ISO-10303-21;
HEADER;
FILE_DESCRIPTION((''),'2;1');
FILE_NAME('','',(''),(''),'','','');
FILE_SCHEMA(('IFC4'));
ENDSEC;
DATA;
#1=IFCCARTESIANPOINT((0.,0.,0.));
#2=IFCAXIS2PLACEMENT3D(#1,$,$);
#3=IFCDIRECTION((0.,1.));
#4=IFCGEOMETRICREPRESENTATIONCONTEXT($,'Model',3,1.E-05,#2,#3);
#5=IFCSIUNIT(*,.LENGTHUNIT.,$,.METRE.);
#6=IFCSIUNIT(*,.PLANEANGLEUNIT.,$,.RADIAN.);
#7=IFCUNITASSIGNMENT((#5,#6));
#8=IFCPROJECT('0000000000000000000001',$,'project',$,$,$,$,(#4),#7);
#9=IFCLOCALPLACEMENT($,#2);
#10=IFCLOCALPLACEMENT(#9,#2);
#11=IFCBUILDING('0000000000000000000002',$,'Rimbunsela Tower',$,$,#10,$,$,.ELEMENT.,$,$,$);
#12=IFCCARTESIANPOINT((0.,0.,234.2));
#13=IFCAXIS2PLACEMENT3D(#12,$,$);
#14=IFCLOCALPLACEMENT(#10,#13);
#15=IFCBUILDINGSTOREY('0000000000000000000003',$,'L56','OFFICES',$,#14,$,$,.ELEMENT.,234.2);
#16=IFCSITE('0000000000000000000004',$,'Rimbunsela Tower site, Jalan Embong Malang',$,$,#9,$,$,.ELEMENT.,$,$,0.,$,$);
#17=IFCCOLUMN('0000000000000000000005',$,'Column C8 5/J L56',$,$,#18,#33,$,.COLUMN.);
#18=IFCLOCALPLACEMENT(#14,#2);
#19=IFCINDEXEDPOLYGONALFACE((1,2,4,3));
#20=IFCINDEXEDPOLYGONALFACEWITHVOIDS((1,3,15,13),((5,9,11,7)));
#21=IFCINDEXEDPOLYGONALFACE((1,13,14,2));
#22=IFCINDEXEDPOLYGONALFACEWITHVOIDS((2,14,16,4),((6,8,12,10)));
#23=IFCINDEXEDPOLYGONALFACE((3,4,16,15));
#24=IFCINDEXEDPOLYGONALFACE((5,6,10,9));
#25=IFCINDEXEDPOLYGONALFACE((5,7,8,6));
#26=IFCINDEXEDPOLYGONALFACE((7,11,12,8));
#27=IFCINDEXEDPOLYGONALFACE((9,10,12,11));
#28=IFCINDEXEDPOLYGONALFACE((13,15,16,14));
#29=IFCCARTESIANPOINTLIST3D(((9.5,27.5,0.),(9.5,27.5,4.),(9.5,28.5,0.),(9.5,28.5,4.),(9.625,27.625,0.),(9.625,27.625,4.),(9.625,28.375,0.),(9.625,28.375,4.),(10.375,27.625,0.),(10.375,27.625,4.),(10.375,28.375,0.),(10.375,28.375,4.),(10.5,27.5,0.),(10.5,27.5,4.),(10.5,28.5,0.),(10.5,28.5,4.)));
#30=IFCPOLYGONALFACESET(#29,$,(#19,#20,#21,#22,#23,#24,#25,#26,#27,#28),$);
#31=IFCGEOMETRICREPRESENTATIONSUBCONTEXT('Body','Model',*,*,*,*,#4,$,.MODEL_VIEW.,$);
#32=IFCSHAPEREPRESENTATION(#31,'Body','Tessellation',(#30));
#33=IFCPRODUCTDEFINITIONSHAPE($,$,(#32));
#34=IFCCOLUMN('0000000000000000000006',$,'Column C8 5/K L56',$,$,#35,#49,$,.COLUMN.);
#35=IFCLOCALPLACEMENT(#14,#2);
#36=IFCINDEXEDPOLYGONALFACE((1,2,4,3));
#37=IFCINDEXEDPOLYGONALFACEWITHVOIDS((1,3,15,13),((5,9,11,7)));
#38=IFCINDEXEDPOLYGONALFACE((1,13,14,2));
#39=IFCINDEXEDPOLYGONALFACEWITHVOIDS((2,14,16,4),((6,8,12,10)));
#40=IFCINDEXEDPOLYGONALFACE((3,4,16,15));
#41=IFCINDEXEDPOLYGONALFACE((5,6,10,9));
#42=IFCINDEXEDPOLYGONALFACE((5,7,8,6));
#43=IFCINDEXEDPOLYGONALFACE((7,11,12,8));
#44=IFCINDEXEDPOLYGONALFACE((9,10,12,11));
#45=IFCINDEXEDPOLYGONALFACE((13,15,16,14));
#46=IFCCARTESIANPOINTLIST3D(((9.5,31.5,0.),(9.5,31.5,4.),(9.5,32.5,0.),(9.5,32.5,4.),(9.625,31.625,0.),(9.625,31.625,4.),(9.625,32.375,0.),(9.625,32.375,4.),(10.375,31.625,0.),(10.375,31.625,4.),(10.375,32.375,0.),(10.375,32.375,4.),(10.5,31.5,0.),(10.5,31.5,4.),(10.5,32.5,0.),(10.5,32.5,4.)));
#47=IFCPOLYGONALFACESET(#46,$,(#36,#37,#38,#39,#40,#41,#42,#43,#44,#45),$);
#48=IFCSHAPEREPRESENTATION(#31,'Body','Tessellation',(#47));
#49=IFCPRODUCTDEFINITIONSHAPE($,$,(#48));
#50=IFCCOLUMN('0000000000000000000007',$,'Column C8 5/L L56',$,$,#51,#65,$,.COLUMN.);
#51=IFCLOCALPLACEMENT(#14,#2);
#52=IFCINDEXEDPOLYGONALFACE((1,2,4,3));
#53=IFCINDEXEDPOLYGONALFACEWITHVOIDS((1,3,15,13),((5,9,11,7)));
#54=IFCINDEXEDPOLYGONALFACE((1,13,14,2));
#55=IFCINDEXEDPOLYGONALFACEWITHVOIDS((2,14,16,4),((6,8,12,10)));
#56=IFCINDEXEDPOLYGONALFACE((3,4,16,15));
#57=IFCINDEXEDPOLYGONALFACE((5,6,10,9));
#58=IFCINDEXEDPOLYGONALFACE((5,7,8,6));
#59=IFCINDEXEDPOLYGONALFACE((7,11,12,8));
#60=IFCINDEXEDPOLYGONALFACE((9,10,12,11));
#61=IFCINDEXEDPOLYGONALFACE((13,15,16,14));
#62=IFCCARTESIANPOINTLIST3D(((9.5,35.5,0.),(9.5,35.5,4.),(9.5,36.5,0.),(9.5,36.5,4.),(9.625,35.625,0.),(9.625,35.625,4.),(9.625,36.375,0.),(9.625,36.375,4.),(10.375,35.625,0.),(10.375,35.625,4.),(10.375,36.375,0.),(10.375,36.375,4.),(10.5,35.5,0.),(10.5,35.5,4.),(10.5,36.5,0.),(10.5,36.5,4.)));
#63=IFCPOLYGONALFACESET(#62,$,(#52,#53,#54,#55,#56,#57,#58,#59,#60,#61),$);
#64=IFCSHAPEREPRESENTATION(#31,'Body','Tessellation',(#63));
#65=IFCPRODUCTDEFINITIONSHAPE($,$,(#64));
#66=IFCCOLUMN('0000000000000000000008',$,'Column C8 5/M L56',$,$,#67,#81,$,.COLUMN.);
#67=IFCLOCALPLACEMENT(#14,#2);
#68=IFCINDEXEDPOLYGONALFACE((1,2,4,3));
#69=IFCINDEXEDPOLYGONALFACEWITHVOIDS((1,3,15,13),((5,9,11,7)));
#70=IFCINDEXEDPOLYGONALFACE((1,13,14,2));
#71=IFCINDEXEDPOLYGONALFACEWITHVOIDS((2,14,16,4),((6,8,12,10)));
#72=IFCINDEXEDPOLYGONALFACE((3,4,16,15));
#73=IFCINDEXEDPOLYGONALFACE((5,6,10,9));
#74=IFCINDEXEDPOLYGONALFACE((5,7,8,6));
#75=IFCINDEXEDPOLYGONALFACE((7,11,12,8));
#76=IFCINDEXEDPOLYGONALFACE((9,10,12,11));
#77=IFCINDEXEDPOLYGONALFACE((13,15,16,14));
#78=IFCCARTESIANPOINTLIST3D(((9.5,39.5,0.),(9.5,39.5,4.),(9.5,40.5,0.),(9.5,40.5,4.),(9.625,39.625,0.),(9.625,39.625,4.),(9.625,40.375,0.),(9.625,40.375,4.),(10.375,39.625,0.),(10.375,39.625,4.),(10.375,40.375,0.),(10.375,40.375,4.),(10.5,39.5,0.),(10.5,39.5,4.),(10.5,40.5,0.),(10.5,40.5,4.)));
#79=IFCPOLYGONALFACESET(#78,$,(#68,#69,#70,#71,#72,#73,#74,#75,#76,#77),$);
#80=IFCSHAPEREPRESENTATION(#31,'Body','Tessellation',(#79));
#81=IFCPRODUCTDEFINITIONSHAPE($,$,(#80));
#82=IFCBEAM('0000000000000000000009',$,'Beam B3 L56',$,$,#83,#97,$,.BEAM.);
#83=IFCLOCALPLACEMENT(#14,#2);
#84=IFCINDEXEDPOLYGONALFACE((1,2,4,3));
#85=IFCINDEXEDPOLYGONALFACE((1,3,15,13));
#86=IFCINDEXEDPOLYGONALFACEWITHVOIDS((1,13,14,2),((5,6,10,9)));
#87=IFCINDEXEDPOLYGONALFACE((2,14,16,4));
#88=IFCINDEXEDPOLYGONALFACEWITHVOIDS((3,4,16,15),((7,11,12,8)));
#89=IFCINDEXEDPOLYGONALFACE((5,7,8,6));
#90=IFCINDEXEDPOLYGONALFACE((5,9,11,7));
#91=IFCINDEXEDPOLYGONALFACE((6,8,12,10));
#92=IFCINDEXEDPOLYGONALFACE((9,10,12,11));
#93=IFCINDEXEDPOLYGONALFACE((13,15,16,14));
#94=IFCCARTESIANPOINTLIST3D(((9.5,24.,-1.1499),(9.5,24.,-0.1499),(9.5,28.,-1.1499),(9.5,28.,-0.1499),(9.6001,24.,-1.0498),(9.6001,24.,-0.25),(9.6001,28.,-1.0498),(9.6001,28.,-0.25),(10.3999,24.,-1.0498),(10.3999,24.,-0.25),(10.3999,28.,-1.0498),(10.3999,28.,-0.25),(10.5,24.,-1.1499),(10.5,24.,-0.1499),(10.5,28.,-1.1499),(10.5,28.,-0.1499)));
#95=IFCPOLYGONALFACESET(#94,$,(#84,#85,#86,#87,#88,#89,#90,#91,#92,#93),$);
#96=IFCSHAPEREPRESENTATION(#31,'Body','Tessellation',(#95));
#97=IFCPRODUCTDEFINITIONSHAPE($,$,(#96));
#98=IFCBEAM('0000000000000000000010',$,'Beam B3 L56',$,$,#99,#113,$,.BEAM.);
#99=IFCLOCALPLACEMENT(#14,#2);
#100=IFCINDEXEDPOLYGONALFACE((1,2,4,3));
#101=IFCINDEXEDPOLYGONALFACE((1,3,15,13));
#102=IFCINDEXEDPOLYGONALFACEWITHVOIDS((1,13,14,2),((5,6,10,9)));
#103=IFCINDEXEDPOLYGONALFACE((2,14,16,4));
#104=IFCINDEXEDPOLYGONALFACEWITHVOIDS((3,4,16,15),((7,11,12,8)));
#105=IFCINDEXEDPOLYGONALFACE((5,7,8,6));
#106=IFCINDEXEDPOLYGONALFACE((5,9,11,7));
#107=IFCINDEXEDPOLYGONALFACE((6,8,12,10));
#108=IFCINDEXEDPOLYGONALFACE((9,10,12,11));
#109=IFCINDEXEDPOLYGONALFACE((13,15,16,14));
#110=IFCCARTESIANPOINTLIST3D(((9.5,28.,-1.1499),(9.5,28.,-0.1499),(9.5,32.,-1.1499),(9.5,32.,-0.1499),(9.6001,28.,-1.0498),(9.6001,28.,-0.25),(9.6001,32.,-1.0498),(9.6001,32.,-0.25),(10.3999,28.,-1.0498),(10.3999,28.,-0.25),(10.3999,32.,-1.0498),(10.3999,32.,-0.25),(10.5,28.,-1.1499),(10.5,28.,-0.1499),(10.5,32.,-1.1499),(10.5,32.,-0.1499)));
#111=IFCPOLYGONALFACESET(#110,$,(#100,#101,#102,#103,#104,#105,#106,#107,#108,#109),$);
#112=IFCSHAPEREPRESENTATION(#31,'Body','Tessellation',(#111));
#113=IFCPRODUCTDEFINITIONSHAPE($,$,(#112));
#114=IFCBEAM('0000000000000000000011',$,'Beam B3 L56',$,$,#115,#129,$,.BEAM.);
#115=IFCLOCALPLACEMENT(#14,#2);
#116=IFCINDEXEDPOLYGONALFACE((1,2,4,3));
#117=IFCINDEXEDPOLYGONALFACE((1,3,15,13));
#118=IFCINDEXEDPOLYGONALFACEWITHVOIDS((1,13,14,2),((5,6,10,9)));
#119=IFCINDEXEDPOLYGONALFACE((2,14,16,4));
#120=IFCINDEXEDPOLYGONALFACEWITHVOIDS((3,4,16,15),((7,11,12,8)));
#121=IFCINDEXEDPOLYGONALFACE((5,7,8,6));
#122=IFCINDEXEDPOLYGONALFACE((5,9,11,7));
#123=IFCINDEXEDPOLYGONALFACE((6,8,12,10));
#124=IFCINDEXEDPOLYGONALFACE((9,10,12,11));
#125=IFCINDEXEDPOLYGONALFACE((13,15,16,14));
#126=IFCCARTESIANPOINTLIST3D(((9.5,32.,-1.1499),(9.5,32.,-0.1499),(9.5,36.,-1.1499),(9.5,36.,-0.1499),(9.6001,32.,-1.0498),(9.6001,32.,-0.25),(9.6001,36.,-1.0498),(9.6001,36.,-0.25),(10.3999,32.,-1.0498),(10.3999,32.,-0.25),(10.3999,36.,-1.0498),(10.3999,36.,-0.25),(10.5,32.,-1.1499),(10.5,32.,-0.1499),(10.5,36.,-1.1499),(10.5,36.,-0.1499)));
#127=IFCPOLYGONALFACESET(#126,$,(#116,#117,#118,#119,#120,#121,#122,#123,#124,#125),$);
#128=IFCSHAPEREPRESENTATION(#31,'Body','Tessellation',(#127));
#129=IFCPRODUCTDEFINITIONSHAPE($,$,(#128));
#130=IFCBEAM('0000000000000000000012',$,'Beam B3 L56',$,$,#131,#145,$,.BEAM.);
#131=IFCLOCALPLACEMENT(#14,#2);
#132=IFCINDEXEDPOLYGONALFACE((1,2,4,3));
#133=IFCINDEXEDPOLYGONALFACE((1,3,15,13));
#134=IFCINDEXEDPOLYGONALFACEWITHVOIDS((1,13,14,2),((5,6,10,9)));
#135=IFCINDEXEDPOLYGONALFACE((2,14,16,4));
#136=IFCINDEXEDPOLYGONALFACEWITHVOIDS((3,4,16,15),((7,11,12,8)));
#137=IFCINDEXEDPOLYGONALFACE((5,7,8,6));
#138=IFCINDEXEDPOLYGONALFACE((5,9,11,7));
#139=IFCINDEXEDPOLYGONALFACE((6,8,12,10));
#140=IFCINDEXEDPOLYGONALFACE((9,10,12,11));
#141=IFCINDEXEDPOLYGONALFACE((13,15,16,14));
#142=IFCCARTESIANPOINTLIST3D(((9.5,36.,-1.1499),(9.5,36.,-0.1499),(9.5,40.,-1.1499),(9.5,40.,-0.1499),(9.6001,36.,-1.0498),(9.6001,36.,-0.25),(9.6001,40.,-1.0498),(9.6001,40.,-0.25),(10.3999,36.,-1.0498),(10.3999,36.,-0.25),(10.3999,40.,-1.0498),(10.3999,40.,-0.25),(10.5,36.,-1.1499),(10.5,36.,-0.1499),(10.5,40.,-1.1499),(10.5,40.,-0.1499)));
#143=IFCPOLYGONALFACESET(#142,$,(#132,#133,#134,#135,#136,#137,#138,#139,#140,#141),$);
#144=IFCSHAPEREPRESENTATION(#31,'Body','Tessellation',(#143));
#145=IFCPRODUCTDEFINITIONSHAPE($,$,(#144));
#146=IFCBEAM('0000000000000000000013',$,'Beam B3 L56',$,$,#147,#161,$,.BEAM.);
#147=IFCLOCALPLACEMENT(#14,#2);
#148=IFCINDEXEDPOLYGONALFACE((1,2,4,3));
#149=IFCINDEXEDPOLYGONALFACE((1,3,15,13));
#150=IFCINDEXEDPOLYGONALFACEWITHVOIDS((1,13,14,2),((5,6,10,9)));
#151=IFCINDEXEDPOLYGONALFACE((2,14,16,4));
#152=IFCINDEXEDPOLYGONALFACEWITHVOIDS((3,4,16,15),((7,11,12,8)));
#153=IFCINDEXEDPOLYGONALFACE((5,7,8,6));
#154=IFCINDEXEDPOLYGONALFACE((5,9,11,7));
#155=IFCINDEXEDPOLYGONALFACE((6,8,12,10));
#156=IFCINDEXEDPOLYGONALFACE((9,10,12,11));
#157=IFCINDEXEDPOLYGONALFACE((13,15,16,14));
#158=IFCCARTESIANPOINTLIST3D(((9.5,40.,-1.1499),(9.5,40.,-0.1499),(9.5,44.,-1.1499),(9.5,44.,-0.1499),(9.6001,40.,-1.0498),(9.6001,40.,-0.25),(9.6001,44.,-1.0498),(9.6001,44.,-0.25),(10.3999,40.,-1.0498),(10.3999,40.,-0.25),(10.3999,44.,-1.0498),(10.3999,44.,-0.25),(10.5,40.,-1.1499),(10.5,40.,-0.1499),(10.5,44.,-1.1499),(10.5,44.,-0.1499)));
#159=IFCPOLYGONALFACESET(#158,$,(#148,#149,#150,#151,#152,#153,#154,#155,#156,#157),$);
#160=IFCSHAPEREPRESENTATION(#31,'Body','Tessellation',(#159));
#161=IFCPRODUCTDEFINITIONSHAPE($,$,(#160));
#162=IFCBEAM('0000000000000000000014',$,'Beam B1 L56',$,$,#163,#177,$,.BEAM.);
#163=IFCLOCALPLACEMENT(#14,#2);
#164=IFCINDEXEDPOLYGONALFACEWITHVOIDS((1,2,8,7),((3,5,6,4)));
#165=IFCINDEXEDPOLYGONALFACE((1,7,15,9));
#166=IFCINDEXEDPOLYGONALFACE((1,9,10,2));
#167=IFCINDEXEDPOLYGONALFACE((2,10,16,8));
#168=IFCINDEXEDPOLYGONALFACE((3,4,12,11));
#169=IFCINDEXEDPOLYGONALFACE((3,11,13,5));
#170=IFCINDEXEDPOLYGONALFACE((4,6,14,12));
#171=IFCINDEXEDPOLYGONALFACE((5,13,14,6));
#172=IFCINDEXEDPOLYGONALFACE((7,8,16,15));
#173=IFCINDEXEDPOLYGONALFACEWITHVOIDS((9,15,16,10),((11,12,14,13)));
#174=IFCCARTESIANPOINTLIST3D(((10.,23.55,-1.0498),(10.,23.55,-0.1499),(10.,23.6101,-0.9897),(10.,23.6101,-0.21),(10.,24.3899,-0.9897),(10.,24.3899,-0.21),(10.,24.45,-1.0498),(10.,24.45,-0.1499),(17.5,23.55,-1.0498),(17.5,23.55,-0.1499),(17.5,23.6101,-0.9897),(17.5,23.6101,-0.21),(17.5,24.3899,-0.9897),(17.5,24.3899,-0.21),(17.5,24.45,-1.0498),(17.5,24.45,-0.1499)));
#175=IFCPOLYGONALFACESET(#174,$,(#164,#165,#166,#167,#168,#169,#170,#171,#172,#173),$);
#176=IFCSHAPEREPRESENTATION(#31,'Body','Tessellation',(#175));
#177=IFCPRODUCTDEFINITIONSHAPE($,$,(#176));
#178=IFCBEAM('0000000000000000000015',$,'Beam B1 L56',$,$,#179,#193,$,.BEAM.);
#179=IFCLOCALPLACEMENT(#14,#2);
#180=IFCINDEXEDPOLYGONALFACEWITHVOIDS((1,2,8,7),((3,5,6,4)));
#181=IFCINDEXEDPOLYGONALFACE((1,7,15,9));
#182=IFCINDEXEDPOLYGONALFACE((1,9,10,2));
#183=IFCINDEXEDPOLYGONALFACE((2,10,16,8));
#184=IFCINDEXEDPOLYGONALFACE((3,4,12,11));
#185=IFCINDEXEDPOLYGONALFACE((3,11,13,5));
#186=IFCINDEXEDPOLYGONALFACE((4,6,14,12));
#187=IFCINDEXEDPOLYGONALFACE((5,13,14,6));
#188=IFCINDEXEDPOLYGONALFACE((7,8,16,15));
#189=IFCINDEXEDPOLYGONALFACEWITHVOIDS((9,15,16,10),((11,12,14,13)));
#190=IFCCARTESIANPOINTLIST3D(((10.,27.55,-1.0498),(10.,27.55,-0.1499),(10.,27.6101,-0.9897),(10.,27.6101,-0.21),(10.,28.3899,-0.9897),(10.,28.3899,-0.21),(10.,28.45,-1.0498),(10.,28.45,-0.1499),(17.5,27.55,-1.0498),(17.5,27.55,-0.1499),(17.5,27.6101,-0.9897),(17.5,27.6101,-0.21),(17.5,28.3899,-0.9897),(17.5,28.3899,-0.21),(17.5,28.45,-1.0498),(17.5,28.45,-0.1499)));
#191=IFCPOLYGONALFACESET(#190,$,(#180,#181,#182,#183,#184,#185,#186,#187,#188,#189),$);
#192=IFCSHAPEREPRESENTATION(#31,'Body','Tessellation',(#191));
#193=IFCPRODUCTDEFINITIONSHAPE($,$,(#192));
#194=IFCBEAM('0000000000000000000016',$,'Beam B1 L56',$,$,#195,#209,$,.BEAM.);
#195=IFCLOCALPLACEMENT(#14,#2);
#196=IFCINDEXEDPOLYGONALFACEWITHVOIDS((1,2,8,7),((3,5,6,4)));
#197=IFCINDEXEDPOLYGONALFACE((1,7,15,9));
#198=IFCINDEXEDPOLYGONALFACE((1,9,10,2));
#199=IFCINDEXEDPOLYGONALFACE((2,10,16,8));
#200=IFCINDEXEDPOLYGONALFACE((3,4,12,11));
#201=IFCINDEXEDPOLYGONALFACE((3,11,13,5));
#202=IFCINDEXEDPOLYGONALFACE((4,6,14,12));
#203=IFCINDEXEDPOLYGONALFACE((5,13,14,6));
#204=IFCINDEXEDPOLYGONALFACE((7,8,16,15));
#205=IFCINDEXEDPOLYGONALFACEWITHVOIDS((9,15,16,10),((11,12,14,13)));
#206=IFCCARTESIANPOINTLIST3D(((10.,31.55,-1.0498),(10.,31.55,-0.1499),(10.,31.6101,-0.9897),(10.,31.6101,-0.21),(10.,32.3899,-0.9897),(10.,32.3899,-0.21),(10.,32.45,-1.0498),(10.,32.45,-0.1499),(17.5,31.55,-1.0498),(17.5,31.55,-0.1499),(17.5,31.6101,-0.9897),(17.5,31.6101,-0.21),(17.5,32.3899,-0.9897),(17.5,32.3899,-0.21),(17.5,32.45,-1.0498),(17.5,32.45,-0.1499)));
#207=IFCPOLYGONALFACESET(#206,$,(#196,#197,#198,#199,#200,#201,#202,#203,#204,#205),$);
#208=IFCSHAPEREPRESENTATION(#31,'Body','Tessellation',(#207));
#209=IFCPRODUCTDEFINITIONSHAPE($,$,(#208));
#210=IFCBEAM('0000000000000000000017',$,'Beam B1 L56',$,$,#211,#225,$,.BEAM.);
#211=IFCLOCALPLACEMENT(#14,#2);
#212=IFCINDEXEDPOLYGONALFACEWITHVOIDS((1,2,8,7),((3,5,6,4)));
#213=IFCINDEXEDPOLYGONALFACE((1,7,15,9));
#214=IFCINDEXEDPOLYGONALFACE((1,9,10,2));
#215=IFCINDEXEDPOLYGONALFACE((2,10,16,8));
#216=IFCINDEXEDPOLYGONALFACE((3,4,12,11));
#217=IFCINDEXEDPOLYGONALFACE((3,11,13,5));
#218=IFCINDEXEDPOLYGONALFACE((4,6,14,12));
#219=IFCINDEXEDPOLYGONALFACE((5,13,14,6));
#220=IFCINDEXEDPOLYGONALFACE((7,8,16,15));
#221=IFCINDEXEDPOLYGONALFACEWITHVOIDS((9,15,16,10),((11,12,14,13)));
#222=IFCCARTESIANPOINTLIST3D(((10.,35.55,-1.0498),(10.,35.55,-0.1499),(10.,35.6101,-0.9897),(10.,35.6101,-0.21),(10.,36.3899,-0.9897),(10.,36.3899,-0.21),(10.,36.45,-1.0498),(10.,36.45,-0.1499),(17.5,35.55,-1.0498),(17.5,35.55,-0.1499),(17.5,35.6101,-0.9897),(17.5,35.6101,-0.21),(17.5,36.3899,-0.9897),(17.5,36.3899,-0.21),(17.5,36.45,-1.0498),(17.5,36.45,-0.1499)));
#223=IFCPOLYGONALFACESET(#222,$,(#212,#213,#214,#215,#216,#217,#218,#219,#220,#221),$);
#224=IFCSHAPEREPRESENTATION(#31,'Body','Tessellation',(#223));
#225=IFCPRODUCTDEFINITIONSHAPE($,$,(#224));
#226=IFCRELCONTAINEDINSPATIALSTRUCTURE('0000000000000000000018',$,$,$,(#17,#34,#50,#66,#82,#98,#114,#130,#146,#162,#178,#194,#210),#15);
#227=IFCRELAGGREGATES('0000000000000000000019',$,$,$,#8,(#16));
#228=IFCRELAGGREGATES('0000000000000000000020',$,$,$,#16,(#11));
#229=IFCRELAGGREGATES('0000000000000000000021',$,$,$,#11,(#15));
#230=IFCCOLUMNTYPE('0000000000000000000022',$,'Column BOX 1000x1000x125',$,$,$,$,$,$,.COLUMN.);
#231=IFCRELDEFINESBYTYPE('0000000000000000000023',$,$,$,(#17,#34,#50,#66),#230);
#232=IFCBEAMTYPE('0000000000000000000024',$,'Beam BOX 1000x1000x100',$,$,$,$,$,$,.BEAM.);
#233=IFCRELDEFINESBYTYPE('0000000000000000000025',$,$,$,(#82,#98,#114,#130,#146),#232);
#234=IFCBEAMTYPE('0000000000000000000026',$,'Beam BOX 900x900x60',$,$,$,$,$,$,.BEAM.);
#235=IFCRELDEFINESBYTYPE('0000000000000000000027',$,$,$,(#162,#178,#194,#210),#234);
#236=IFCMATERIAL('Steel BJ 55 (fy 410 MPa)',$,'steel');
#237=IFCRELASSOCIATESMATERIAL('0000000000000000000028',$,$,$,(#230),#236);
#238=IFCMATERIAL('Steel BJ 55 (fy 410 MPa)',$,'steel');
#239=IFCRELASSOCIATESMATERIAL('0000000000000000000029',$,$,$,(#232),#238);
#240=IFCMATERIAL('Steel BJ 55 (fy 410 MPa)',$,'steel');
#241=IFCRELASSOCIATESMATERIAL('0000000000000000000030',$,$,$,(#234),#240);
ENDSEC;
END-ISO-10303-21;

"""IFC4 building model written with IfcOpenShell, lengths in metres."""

from ifc_helpers import new_model, si_unit, direction, frame, origin, origin_2d, place, context, subcontext, project, spatial, hollow_rectangle, extrude, material, material_profile, profile_set, type_object, element, save


model = new_model("IFC4")

# Units and contexts
model_context = context("Model", 3, precision=1e-05, world=origin(), true_north=direction((0.0, 1.0)))
body_context = subcontext(model_context, "Body", "Model", "MODEL_VIEW")
ifc_project = project(units=[si_unit("LENGTHUNIT", "METRE"), si_unit("PLANEANGLEUNIT", "RADIAN")], contexts=[model_context])

# Site, building, storey
site_placement = place(None, origin())
site = spatial("IfcSite", under=ifc_project, at=site_placement, Name="Rimbunsela Tower site, Jalan Embong Malang", CompositionType="ELEMENT", RefElevation=0.0)
building_placement = place(site_placement, origin())
building = spatial("IfcBuilding", under=site, at=building_placement, Name="Rimbunsela Tower", CompositionType="ELEMENT")
storey_placement = place(building_placement, frame((0.0, 0.0, 234.2)))
storey = spatial("IfcBuildingStorey", under=building, at=storey_placement, Name="L56", Description="OFFICES", CompositionType="ELEMENT", Elevation=234.2)

# Columns
ifc_material_1 = material(Name="Steel BJ 55 (fy 410 MPa)", Category="steel")
ifc_material_profile_1 = material_profile(ifc_material_1, hollow_rectangle(XDim=1.0, YDim=1.0, WallThickness=0.125, at=origin_2d()), Name="BOX 1000x1000x125")
ifc_profile_set_1 = profile_set([ifc_material_profile_1], Name="Steel BJ 55 (fy 410 MPa)")
column_type = type_object("IfcColumnType", Name="Column BOX 1000x1000x125", PredefinedType="COLUMN", material=ifc_profile_set_1)
for number, where, z_axis, x_axis, name in (
    (1, (10.0, 28.0, 0.0), (0.0, 0.0, 1.0), (1.0, 0.0, 0.0), "Column C8 5/J L56"),
    (2, (10.0, 32.0, 0.0), (0.0, 0.0, 1.0), (1.0, 0.0, 0.0), "Column C8 5/K L56"),
    (3, (10.0, 36.0, 0.0), (0.0, 0.0, 1.0), (1.0, 0.0, 0.0), "Column C8 5/L L56"),
    (4, (10.0, 40.0, 0.0), (0.0, 0.0, 1.0), (1.0, 0.0, 0.0), "Column C8 5/M L56"),
):
    element("IfcColumn", number, at=place(storey_placement, frame(where, z_axis=z_axis, x_axis=x_axis)), inside=storey, type_object=column_type, Name=name, PredefinedType="COLUMN", context=body_context, shape_type="SweptSolid", body=[
        extrude(hollow_rectangle(XDim=1.0, YDim=1.0, WallThickness=0.125, at=origin_2d()), origin(), (0.0, 0.0, 1.0), 4.0),
    ])

# Beams
ifc_material_2 = material(Name="Steel BJ 55 (fy 410 MPa)", Category="steel")
ifc_material_profile_2 = material_profile(ifc_material_2, hollow_rectangle(XDim=1.0, YDim=1.0, WallThickness=0.1001, at=origin_2d()), Name="BOX 1000x1000x100")
ifc_profile_set_2 = profile_set([ifc_material_profile_2], Name="Steel BJ 55 (fy 410 MPa)")
beam_type_1 = type_object("IfcBeamType", Name="Beam BOX 1000x1000x100", PredefinedType="BEAM", material=ifc_profile_set_2)
for number, where, z_axis, x_axis, name in (
    (5, (10.0, 24.0, -0.6499), (0.0, 1.0, 0.0), (-1.0, 0.0, 0.0), "Beam B3 L56"),
    (6, (10.0, 28.0, -0.6499), (0.0, 1.0, 0.0), (-1.0, 0.0, 0.0), "Beam B3 L56"),
    (7, (10.0, 32.0, -0.6499), (0.0, 1.0, 0.0), (-1.0, 0.0, 0.0), "Beam B3 L56"),
    (8, (10.0, 36.0, -0.6499), (0.0, 1.0, 0.0), (-1.0, 0.0, 0.0), "Beam B3 L56"),
    (9, (10.0, 40.0, -0.6499), (0.0, 1.0, 0.0), (-1.0, 0.0, 0.0), "Beam B3 L56"),
):
    element("IfcBeam", number, at=place(storey_placement, frame(where, z_axis=z_axis, x_axis=x_axis)), inside=storey, type_object=beam_type_1, Name=name, PredefinedType="BEAM", context=body_context, shape_type="SweptSolid", body=[
        extrude(hollow_rectangle(XDim=1.0, YDim=1.0, WallThickness=0.1001, at=origin_2d()), origin(), (0.0, 0.0, 1.0), 4.0),
    ])
ifc_material_3 = material(Name="Steel BJ 55 (fy 410 MPa)", Category="steel")
ifc_material_profile_3 = material_profile(ifc_material_3, hollow_rectangle(XDim=0.8999, YDim=0.8999, WallThickness=0.0601, at=origin_2d()), Name="BOX 900x900x60")
ifc_profile_set_3 = profile_set([ifc_material_profile_3], Name="Steel BJ 55 (fy 410 MPa)")
beam_type_2 = type_object("IfcBeamType", Name="Beam BOX 900x900x60", PredefinedType="BEAM", material=ifc_profile_set_3)
for number, where, z_axis, x_axis, name in (
    (10, (10.0, 24.0, -0.5999), (1.0, 0.0, 0.0), (0.0, 1.0, 0.0), "Beam B1 L56"),
    (11, (10.0, 28.0, -0.5999), (1.0, 0.0, 0.0), (0.0, 1.0, 0.0), "Beam B1 L56"),
    (12, (10.0, 32.0, -0.5999), (1.0, 0.0, 0.0), (0.0, 1.0, 0.0), "Beam B1 L56"),
    (13, (10.0, 36.0, -0.5999), (1.0, 0.0, 0.0), (0.0, 1.0, 0.0), "Beam B1 L56"),
):
    element("IfcBeam", number, at=place(storey_placement, frame(where, z_axis=z_axis, x_axis=x_axis)), inside=storey, type_object=beam_type_2, Name=name, PredefinedType="BEAM", context=body_context, shape_type="SweptSolid", body=[
        extrude(hollow_rectangle(XDim=0.8999, YDim=0.8999, WallThickness=0.0601, at=origin_2d()), origin(), (0.0, 0.0, 1.0), 7.5),
    ])

save(model, "model.ifc")
